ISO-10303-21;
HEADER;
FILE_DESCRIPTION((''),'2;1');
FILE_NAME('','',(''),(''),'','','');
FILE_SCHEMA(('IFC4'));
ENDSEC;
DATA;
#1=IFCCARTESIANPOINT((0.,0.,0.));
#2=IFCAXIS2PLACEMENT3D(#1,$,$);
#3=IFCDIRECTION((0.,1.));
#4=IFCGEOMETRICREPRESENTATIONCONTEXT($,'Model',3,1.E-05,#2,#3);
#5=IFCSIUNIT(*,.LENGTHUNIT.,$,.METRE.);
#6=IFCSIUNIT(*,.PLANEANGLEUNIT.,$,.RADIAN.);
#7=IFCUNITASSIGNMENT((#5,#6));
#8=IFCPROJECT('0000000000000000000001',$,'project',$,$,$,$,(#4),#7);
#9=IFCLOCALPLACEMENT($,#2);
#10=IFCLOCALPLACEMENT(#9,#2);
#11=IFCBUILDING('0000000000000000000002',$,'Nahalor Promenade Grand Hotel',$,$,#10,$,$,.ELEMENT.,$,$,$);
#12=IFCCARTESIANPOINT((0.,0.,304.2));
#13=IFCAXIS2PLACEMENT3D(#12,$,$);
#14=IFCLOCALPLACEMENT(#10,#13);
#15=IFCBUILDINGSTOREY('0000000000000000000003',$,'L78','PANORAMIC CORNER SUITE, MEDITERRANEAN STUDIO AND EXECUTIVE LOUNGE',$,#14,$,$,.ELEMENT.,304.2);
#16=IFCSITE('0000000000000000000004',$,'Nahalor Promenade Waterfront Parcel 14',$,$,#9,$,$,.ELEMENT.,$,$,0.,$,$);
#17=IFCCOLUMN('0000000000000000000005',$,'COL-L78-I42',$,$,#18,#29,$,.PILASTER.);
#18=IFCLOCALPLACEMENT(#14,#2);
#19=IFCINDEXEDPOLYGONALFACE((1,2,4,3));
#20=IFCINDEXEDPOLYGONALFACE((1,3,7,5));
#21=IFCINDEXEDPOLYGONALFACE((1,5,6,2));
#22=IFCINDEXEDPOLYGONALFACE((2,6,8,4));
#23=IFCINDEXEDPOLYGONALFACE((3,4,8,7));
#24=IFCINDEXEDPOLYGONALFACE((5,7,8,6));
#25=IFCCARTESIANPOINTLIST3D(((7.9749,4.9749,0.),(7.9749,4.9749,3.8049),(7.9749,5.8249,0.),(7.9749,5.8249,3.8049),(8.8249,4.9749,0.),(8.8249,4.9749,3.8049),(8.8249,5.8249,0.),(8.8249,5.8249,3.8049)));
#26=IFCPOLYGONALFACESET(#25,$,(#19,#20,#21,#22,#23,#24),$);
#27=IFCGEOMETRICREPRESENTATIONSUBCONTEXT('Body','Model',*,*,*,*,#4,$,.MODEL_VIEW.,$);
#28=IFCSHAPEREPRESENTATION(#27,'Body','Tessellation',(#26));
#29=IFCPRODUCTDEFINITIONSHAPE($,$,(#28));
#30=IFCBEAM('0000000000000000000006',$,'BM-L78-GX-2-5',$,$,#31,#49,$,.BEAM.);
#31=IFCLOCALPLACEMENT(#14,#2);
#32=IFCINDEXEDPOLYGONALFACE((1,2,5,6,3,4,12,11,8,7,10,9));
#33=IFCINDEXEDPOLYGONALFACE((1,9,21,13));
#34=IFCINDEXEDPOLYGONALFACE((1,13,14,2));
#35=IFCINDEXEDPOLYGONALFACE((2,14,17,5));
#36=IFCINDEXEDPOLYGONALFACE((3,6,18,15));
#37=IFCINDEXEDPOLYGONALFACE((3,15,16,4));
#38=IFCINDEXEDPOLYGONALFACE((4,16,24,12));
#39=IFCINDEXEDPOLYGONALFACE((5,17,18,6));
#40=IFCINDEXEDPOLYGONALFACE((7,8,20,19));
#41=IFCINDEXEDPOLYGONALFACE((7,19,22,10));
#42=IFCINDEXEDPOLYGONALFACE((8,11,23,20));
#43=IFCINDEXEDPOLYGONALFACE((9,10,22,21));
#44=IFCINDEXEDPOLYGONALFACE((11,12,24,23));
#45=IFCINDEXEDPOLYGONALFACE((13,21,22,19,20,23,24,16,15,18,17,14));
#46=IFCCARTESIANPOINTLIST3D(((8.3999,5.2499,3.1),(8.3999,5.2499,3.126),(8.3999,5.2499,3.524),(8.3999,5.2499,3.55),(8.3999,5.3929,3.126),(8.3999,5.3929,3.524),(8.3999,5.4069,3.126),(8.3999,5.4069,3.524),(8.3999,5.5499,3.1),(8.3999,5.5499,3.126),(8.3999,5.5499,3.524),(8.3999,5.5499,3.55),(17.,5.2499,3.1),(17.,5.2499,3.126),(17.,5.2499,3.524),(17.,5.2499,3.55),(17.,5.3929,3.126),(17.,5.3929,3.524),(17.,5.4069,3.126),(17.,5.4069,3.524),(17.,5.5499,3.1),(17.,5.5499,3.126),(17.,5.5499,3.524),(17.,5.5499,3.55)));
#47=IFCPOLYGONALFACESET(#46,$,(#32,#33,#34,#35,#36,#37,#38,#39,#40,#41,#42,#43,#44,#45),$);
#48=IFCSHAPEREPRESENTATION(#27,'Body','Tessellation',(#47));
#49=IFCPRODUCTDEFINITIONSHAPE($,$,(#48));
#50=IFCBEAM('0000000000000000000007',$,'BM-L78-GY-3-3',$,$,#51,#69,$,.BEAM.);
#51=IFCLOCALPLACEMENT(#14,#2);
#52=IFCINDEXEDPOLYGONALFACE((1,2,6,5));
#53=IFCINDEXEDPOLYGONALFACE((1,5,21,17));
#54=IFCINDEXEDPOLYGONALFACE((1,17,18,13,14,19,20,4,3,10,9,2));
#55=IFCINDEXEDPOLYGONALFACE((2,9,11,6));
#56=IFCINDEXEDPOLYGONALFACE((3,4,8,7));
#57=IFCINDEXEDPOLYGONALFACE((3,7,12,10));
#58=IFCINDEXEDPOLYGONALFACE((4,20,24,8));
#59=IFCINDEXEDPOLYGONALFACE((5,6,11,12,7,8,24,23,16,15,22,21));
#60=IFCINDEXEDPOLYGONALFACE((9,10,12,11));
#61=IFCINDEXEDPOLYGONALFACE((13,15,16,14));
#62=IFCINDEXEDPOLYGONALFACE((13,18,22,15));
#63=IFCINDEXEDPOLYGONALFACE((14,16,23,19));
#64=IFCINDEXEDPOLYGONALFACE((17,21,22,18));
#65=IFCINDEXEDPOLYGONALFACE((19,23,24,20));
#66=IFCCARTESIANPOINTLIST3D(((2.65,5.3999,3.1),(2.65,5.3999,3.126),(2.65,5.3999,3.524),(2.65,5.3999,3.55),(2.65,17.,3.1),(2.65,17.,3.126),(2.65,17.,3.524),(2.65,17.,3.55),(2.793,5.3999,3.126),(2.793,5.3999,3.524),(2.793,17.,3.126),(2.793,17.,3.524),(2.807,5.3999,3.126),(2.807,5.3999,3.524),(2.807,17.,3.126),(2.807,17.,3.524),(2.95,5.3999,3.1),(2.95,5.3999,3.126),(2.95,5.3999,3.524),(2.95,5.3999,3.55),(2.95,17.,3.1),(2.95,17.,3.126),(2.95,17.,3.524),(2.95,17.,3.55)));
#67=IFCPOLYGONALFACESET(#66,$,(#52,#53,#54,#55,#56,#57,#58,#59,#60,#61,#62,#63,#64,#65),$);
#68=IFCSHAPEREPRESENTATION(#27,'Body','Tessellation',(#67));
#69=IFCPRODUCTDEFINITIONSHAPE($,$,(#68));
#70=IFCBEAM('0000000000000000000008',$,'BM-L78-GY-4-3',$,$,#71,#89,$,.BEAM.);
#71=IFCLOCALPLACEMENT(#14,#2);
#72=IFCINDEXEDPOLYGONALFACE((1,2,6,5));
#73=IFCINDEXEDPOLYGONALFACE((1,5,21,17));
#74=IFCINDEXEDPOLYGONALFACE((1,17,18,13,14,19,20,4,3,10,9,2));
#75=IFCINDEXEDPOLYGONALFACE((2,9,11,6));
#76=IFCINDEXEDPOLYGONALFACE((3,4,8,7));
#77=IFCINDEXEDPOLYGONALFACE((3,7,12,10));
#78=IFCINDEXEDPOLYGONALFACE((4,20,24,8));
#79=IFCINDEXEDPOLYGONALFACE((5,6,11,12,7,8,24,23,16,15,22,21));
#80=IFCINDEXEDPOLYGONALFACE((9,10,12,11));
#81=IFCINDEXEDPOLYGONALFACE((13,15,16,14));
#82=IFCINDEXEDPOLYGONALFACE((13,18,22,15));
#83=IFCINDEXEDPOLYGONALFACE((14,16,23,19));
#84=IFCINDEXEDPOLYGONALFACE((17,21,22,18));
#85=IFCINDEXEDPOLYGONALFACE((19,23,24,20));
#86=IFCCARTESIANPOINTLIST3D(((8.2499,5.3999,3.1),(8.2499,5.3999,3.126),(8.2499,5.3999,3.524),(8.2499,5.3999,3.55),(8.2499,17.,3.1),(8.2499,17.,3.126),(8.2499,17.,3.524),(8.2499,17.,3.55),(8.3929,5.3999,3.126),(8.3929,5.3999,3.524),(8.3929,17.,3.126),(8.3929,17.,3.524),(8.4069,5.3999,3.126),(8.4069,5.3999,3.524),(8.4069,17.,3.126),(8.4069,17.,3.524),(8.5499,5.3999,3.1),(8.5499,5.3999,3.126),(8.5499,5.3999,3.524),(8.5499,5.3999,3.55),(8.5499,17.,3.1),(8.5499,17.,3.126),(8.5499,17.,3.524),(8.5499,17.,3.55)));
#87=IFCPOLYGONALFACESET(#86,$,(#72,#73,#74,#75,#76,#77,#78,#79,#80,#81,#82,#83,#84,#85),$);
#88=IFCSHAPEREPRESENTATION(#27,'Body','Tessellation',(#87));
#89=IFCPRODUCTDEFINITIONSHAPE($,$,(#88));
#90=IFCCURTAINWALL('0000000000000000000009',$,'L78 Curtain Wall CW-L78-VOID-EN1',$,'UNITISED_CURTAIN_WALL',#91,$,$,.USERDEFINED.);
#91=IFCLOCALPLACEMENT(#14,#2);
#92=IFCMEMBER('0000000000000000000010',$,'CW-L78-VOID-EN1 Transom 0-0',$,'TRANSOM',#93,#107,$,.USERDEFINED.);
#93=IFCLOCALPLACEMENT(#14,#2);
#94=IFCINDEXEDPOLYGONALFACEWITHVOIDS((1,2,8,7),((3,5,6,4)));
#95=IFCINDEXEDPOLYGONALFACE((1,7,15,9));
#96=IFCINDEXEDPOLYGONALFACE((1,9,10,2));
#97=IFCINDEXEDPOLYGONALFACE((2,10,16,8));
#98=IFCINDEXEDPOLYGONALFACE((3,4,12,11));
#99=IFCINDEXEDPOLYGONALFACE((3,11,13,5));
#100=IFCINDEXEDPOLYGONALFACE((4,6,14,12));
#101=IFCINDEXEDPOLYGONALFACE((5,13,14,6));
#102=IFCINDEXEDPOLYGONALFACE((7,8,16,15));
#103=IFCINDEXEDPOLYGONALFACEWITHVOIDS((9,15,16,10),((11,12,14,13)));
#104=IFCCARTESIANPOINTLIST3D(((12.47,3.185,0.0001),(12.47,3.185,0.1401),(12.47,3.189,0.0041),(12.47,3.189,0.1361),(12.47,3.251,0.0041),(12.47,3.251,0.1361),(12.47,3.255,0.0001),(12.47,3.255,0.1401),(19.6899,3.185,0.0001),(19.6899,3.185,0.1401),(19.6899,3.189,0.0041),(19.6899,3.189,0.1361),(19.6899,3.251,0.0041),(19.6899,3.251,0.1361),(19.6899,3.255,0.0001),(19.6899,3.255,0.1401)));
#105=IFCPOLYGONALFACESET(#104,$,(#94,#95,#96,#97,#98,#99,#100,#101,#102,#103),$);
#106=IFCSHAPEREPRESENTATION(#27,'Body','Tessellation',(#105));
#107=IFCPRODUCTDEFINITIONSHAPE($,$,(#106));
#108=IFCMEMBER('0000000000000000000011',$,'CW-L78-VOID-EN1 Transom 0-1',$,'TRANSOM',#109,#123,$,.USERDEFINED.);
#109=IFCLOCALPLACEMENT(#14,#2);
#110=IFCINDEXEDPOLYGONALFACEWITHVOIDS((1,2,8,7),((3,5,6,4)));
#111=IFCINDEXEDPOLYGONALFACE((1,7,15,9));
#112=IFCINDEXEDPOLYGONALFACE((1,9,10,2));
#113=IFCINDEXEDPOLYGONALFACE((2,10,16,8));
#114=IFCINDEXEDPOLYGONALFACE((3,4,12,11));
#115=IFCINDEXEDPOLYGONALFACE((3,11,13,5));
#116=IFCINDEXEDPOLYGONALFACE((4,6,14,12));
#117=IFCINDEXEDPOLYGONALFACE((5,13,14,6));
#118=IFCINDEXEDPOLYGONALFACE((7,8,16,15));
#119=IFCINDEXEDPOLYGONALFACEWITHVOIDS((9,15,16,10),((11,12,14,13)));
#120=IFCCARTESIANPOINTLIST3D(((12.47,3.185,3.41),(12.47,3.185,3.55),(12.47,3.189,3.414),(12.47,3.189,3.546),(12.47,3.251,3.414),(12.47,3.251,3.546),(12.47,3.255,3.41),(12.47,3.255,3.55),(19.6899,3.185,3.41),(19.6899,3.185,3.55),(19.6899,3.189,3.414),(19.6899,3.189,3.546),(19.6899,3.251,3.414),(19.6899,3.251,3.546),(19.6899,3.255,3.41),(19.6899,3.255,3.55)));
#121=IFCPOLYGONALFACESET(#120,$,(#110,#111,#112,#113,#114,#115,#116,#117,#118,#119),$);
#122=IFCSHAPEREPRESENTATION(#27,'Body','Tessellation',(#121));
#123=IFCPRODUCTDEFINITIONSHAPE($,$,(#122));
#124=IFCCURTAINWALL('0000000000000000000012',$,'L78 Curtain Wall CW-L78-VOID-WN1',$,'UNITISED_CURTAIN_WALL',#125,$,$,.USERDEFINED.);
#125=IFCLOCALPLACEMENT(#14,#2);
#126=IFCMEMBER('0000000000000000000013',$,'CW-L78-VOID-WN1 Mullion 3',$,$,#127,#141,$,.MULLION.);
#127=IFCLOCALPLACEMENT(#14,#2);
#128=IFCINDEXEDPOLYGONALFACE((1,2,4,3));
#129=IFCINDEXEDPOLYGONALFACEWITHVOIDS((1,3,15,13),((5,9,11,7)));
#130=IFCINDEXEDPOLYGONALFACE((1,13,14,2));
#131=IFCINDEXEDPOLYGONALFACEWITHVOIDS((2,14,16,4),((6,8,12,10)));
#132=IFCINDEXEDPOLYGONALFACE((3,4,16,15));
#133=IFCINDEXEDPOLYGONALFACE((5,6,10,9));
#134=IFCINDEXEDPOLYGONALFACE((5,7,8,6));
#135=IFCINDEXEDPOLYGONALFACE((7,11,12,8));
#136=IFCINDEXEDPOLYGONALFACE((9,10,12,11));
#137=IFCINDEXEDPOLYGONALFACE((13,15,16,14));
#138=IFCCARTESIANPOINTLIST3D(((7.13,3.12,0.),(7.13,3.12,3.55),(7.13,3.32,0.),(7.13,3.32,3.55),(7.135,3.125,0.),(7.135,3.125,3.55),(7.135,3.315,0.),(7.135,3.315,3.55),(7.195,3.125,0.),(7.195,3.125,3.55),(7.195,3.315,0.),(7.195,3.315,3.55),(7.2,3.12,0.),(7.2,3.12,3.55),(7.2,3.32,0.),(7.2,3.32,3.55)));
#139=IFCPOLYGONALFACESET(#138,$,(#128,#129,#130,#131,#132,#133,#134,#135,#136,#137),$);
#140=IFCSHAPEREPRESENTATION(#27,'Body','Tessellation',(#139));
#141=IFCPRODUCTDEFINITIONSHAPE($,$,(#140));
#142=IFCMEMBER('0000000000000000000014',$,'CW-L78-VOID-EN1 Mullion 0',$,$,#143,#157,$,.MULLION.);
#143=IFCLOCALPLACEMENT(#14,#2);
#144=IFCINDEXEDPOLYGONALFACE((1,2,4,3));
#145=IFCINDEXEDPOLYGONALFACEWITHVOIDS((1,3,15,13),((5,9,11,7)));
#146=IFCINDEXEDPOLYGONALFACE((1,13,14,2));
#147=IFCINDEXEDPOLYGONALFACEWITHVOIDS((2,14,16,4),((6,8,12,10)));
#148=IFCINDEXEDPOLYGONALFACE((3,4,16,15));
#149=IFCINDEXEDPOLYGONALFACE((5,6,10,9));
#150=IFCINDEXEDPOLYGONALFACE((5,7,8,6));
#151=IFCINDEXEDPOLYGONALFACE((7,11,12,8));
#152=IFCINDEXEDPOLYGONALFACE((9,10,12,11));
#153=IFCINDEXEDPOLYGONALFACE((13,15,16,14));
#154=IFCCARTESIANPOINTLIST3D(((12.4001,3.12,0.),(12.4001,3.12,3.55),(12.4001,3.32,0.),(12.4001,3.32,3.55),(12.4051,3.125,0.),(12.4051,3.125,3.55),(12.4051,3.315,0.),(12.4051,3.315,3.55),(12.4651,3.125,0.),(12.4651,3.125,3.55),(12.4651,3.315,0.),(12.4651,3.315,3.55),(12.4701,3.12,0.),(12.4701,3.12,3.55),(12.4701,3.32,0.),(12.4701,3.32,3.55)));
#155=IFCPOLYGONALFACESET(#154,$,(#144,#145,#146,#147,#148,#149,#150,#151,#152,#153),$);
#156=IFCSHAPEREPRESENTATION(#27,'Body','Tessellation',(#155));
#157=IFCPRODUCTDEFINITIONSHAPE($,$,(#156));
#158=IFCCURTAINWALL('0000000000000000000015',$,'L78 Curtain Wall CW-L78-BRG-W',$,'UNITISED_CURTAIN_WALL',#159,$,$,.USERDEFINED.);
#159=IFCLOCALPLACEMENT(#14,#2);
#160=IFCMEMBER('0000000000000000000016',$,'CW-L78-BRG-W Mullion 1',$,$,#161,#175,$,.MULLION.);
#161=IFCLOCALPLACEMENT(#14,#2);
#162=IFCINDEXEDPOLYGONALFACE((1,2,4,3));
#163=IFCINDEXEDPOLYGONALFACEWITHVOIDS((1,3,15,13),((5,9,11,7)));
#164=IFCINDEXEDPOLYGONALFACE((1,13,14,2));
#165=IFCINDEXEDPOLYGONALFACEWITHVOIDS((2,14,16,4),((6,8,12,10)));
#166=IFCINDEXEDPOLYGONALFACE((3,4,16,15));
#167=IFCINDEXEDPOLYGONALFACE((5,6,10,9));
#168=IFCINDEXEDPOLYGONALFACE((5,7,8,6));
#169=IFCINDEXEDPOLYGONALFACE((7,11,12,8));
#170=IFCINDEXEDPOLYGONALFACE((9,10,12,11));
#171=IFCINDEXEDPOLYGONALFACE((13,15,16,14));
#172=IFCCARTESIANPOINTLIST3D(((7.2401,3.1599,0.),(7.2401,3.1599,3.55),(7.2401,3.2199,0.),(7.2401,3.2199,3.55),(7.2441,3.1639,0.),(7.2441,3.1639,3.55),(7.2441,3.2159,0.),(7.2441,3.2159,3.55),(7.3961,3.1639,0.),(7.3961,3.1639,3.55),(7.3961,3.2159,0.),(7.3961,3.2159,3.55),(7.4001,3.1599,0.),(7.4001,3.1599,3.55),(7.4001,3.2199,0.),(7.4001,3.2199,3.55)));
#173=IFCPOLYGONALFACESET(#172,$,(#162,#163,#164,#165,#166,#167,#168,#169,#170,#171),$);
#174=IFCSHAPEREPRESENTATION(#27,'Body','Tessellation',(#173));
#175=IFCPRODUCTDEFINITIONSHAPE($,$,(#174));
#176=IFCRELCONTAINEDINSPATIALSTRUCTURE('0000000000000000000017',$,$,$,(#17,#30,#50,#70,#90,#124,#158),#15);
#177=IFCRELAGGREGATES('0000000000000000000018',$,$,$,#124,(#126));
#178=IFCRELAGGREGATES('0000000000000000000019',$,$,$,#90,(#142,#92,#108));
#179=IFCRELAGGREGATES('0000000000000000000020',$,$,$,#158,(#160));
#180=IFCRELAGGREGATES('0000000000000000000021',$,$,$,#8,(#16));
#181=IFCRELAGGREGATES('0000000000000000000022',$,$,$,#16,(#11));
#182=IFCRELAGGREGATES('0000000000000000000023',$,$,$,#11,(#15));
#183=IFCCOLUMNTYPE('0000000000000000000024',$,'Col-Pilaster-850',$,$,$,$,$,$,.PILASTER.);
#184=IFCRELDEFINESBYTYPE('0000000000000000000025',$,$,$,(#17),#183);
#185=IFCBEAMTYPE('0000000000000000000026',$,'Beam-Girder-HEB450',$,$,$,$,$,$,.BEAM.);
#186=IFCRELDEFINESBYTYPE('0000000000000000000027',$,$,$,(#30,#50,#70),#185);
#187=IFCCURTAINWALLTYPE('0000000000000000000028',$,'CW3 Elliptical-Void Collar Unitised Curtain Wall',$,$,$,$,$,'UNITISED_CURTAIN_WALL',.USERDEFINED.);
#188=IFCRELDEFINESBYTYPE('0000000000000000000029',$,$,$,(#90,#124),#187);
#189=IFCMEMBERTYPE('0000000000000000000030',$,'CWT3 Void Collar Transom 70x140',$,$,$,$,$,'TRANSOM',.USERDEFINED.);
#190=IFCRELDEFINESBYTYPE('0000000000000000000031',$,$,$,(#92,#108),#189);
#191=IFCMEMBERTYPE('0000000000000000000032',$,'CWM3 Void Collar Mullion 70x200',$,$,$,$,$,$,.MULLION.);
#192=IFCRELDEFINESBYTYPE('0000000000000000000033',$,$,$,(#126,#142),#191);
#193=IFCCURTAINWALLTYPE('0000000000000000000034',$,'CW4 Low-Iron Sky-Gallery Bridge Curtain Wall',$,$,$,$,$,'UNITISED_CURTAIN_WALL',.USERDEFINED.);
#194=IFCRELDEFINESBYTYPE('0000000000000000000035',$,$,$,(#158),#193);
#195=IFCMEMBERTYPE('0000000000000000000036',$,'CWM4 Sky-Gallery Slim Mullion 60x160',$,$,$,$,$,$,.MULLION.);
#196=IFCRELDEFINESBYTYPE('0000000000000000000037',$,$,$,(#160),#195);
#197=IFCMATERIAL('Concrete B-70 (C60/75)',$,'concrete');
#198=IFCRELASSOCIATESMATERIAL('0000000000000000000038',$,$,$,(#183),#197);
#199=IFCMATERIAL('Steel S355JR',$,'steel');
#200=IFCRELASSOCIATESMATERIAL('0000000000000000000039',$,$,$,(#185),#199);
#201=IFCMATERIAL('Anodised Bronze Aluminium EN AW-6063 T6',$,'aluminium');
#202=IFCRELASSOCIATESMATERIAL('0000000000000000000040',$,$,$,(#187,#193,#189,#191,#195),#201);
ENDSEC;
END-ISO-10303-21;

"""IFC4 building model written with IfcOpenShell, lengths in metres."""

from ifc_helpers import new_model, si_unit, direction, frame, origin, origin_2d, place, context, subcontext, project, spatial, rectangle, hollow_rectangle, i_section, extrude, source, transform, mapped, material, material_profile, profile_set, type_object, element, aggregate, save


model = new_model("IFC4")

# Units and contexts
model_context = context("Model", 3, precision=1e-05, world=origin(), true_north=direction((0.0, 1.0)))
body_context = subcontext(model_context, "Body", "Model", "MODEL_VIEW")
ifc_project = project(units=[si_unit("LENGTHUNIT", "METRE"), si_unit("PLANEANGLEUNIT", "RADIAN")], contexts=[model_context])

# Site, building, storey
site_placement = place(None, origin())
site = spatial("IfcSite", under=ifc_project, at=site_placement, Name="Nahalor Promenade Waterfront Parcel 14", CompositionType="ELEMENT", RefElevation=0.0)
building_placement = place(site_placement, origin())
building = spatial("IfcBuilding", under=site, at=building_placement, Name="Nahalor Promenade Grand Hotel", CompositionType="ELEMENT")
storey_placement = place(building_placement, frame((0.0, 0.0, 304.2)))
storey = spatial("IfcBuildingStorey", under=building, at=storey_placement, Name="L78", Description="PANORAMIC CORNER SUITE, MEDITERRANEAN STUDIO AND EXECUTIVE LOUNGE", CompositionType="ELEMENT", Elevation=304.2)

# Column
ifc_material_1 = material(Name="Concrete B-70 (C60/75)", Category="concrete")
ifc_material_profile_1 = material_profile(ifc_material_1, rectangle(XDim=0.85, YDim=0.85, at=origin_2d()), Name="RC 850x850")
ifc_profile_set_1 = profile_set([ifc_material_profile_1], Name="Concrete B-70 (C60/75)")
column_type = type_object("IfcColumnType", Name="Col-Pilaster-850", PredefinedType="PILASTER", material=ifc_profile_set_1)
shared_shape_1 = source(origin(), body_context, "Body", "SweptSolid", [
    extrude(rectangle(XDim=0.85, YDim=0.85, at=origin_2d()), origin(), (0.0, 0.0, 1.0), 3.8049),
])
column_placement = place(storey_placement, frame((8.3999, 5.3999, 0.0), z_axis=(0.0, 0.0, 1.0), x_axis=(1.0, 0.0, 0.0)))
element("IfcColumn", 1, at=column_placement, inside=storey, type_object=column_type, Name="COL-L78-I42", PredefinedType="PILASTER", context=body_context, shape_type="MappedRepresentation", body=[
    mapped(shared_shape_1, transform((0.0, 0.0, 0.0), scale=1.0)),
])

# Beams
ifc_material_2 = material(Name="Steel S355JR", Category="steel")
ifc_material_profile_2 = material_profile(ifc_material_2, i_section(OverallWidth=0.3, OverallDepth=0.45, WebThickness=0.014, FlangeThickness=0.026, at=origin_2d()), Name="HEB 450")
ifc_profile_set_2 = profile_set([ifc_material_profile_2], Name="Steel S355JR")
beam_type = type_object("IfcBeamType", Name="Beam-Girder-HEB450", PredefinedType="BEAM", material=ifc_profile_set_2)
shared_shape_2 = source(origin(), body_context, "Body", "SweptSolid", [
    extrude(i_section(OverallWidth=0.3, OverallDepth=0.45, WebThickness=0.014, FlangeThickness=0.026, at=origin_2d()), origin(), (0.0, 0.0, 1.0), 8.6001),
])
beam_placement = place(storey_placement, frame((8.3999, 5.3999, 3.325), z_axis=(1.0, 0.0, 0.0), x_axis=(0.0, 1.0, 0.0)))
element("IfcBeam", 2, at=beam_placement, inside=storey, type_object=beam_type, Name="BM-L78-GX-2-5", PredefinedType="BEAM", context=body_context, shape_type="MappedRepresentation", body=[
    mapped(shared_shape_2, transform((0.0, 0.0, 0.0), scale=1.0)),
])
shared_shape_3 = source(origin(), body_context, "Body", "SweptSolid", [
    extrude(i_section(OverallWidth=0.3, OverallDepth=0.45, WebThickness=0.014, FlangeThickness=0.026, at=origin_2d()), origin(), (0.0, 0.0, 1.0), 11.6001),
])
for number, where, z_axis, x_axis, name in (
    (3, (2.8, 5.3999, 3.325), (0.0, 1.0, 0.0), (-1.0, 0.0, 0.0), "BM-L78-GY-3-3"),
    (4, (8.3999, 5.3999, 3.325), (0.0, 1.0, 0.0), (-1.0, 0.0, 0.0), "BM-L78-GY-4-3"),
):
    element("IfcBeam", number, at=place(storey_placement, frame(where, z_axis=z_axis, x_axis=x_axis)), inside=storey, type_object=beam_type, Name=name, PredefinedType="BEAM", context=body_context, shape_type="MappedRepresentation", body=[
        mapped(shared_shape_3, transform((0.0, 0.0, 0.0), scale=1.0)),
    ])

# Curtain wall, members
ifc_material_3 = material(Name="Anodised Bronze Aluminium EN AW-6063 T6", Category="aluminium")
curtain_wall_type_1 = type_object("IfcCurtainWallType", Name="CW3 Elliptical-Void Collar Unitised Curtain Wall", ElementType="UNITISED_CURTAIN_WALL", PredefinedType="USERDEFINED", material=ifc_material_3)
curtain_wall_1_placement = place(storey_placement, origin())
curtain_wall_1 = element("IfcCurtainWall", 5, at=curtain_wall_1_placement, inside=storey, type_object=curtain_wall_type_1, Name="L78 Curtain Wall CW-L78-VOID-EN1", ObjectType="UNITISED_CURTAIN_WALL", PredefinedType="USERDEFINED")
ifc_material_profile_3 = material_profile(ifc_material_3, hollow_rectangle(XDim=0.07, YDim=0.14, WallThickness=0.004, at=origin_2d()), Name="CWT 70x140x4")
ifc_profile_set_3 = profile_set([ifc_material_profile_3], Name="Anodised Bronze Aluminium EN AW-6063 T6")
member_type_1 = type_object("IfcMemberType", Name="CWT3 Void Collar Transom 70x140", ElementType="TRANSOM", PredefinedType="USERDEFINED", material=ifc_profile_set_3)
shared_shape_4 = source(origin(), body_context, "Body", "SweptSolid", [
    extrude(hollow_rectangle(XDim=0.07, YDim=0.14, WallThickness=0.004, at=origin_2d()), origin(), (0.0, 0.0, 1.0), 7.22),
])
member_1_placement = place(storey_placement, frame((12.47, 3.22, 0.0701), z_axis=(1.0, 0.0, 0.0), x_axis=(0.0, 1.0, 0.0)))
member_1 = element("IfcMember", 6, at=member_1_placement, type_object=member_type_1, Name="CW-L78-VOID-EN1 Transom 0-0", ObjectType="TRANSOM", PredefinedType="USERDEFINED", context=body_context, shape_type="MappedRepresentation", body=[
    mapped(shared_shape_4, transform((0.0, 0.0, 0.0), scale=1.0)),
])
member_2_placement = place(storey_placement, frame((12.47, 3.22, 3.48), z_axis=(1.0, 0.0, 0.0), x_axis=(0.0, 1.0, 0.0)))
member_2 = element("IfcMember", 7, at=member_2_placement, type_object=member_type_1, Name="CW-L78-VOID-EN1 Transom 0-1", ObjectType="TRANSOM", PredefinedType="USERDEFINED", context=body_context, shape_type="MappedRepresentation", body=[
    mapped(shared_shape_4, transform((0.0, 0.0, 0.0), scale=1.0)),
])

# Curtain wall, member
curtain_wall_2_placement = place(storey_placement, origin())
curtain_wall_2 = element("IfcCurtainWall", 8, at=curtain_wall_2_placement, inside=storey, type_object=curtain_wall_type_1, Name="L78 Curtain Wall CW-L78-VOID-WN1", ObjectType="UNITISED_CURTAIN_WALL", PredefinedType="USERDEFINED")
ifc_material_profile_4 = material_profile(ifc_material_3, hollow_rectangle(XDim=0.07, YDim=0.2, WallThickness=0.005, at=origin_2d()), Name="CWM 70x200x5")
ifc_profile_set_4 = profile_set([ifc_material_profile_4], Name="Anodised Bronze Aluminium EN AW-6063 T6")
member_type_2 = type_object("IfcMemberType", Name="CWM3 Void Collar Mullion 70x200", PredefinedType="MULLION", material=ifc_profile_set_4)
shared_shape_5 = source(origin(), body_context, "Body", "SweptSolid", [
    extrude(hollow_rectangle(XDim=0.07, YDim=0.2, WallThickness=0.005, at=origin_2d()), origin(), (0.0, 0.0, 1.0), 3.55),
])
member_3_placement = place(storey_placement, frame((7.165, 3.22, 0.0), z_axis=(0.0, 0.0, 1.0), x_axis=(1.0, 0.0, 0.0)))
member_3 = element("IfcMember", 9, at=member_3_placement, type_object=member_type_2, Name="CW-L78-VOID-WN1 Mullion 3", PredefinedType="MULLION", context=body_context, shape_type="MappedRepresentation", body=[
    mapped(shared_shape_5, transform((0.0, 0.0, 0.0), scale=1.0)),
])
aggregate(curtain_wall_2, [member_3])

# Member
member_4_placement = place(storey_placement, frame((12.4351, 3.22, 0.0), z_axis=(0.0, 0.0, 1.0), x_axis=(1.0, 0.0, 0.0)))
member_4 = element("IfcMember", 10, at=member_4_placement, type_object=member_type_2, Name="CW-L78-VOID-EN1 Mullion 0", PredefinedType="MULLION", context=body_context, shape_type="MappedRepresentation", body=[
    mapped(shared_shape_5, transform((0.0, 0.0, 0.0), scale=1.0)),
])
aggregate(curtain_wall_1, [member_4, member_1, member_2])

# Curtain wall, member
curtain_wall_type_2 = type_object("IfcCurtainWallType", Name="CW4 Low-Iron Sky-Gallery Bridge Curtain Wall", ElementType="UNITISED_CURTAIN_WALL", PredefinedType="USERDEFINED", material=ifc_material_3)
curtain_wall_3_placement = place(storey_placement, origin())
curtain_wall_3 = element("IfcCurtainWall", 11, at=curtain_wall_3_placement, inside=storey, type_object=curtain_wall_type_2, Name="L78 Curtain Wall CW-L78-BRG-W", ObjectType="UNITISED_CURTAIN_WALL", PredefinedType="USERDEFINED")
ifc_material_profile_5 = material_profile(ifc_material_3, hollow_rectangle(XDim=0.06, YDim=0.16, WallThickness=0.004, at=origin_2d()), Name="CWM 60x160x4")
ifc_profile_set_5 = profile_set([ifc_material_profile_5], Name="Anodised Bronze Aluminium EN AW-6063 T6")
member_type_3 = type_object("IfcMemberType", Name="CWM4 Sky-Gallery Slim Mullion 60x160", PredefinedType="MULLION", material=ifc_profile_set_5)
shared_shape_6 = source(origin(), body_context, "Body", "SweptSolid", [
    extrude(hollow_rectangle(XDim=0.06, YDim=0.16, WallThickness=0.004, at=origin_2d()), origin(), (0.0, 0.0, 1.0), 3.55),
])
member_5_placement = place(storey_placement, frame((7.3201, 3.1899, 0.0), z_axis=(0.0, 0.0, 1.0), x_axis=(0.0, 1.0, 0.0)))
member_5 = element("IfcMember", 12, at=member_5_placement, type_object=member_type_3, Name="CW-L78-BRG-W Mullion 1", PredefinedType="MULLION", context=body_context, shape_type="MappedRepresentation", body=[
    mapped(shared_shape_6, transform((0.0, 0.0, 0.0), scale=1.0)),
])

aggregate(curtain_wall_3, [member_5])

save(model, "model.ifc")
